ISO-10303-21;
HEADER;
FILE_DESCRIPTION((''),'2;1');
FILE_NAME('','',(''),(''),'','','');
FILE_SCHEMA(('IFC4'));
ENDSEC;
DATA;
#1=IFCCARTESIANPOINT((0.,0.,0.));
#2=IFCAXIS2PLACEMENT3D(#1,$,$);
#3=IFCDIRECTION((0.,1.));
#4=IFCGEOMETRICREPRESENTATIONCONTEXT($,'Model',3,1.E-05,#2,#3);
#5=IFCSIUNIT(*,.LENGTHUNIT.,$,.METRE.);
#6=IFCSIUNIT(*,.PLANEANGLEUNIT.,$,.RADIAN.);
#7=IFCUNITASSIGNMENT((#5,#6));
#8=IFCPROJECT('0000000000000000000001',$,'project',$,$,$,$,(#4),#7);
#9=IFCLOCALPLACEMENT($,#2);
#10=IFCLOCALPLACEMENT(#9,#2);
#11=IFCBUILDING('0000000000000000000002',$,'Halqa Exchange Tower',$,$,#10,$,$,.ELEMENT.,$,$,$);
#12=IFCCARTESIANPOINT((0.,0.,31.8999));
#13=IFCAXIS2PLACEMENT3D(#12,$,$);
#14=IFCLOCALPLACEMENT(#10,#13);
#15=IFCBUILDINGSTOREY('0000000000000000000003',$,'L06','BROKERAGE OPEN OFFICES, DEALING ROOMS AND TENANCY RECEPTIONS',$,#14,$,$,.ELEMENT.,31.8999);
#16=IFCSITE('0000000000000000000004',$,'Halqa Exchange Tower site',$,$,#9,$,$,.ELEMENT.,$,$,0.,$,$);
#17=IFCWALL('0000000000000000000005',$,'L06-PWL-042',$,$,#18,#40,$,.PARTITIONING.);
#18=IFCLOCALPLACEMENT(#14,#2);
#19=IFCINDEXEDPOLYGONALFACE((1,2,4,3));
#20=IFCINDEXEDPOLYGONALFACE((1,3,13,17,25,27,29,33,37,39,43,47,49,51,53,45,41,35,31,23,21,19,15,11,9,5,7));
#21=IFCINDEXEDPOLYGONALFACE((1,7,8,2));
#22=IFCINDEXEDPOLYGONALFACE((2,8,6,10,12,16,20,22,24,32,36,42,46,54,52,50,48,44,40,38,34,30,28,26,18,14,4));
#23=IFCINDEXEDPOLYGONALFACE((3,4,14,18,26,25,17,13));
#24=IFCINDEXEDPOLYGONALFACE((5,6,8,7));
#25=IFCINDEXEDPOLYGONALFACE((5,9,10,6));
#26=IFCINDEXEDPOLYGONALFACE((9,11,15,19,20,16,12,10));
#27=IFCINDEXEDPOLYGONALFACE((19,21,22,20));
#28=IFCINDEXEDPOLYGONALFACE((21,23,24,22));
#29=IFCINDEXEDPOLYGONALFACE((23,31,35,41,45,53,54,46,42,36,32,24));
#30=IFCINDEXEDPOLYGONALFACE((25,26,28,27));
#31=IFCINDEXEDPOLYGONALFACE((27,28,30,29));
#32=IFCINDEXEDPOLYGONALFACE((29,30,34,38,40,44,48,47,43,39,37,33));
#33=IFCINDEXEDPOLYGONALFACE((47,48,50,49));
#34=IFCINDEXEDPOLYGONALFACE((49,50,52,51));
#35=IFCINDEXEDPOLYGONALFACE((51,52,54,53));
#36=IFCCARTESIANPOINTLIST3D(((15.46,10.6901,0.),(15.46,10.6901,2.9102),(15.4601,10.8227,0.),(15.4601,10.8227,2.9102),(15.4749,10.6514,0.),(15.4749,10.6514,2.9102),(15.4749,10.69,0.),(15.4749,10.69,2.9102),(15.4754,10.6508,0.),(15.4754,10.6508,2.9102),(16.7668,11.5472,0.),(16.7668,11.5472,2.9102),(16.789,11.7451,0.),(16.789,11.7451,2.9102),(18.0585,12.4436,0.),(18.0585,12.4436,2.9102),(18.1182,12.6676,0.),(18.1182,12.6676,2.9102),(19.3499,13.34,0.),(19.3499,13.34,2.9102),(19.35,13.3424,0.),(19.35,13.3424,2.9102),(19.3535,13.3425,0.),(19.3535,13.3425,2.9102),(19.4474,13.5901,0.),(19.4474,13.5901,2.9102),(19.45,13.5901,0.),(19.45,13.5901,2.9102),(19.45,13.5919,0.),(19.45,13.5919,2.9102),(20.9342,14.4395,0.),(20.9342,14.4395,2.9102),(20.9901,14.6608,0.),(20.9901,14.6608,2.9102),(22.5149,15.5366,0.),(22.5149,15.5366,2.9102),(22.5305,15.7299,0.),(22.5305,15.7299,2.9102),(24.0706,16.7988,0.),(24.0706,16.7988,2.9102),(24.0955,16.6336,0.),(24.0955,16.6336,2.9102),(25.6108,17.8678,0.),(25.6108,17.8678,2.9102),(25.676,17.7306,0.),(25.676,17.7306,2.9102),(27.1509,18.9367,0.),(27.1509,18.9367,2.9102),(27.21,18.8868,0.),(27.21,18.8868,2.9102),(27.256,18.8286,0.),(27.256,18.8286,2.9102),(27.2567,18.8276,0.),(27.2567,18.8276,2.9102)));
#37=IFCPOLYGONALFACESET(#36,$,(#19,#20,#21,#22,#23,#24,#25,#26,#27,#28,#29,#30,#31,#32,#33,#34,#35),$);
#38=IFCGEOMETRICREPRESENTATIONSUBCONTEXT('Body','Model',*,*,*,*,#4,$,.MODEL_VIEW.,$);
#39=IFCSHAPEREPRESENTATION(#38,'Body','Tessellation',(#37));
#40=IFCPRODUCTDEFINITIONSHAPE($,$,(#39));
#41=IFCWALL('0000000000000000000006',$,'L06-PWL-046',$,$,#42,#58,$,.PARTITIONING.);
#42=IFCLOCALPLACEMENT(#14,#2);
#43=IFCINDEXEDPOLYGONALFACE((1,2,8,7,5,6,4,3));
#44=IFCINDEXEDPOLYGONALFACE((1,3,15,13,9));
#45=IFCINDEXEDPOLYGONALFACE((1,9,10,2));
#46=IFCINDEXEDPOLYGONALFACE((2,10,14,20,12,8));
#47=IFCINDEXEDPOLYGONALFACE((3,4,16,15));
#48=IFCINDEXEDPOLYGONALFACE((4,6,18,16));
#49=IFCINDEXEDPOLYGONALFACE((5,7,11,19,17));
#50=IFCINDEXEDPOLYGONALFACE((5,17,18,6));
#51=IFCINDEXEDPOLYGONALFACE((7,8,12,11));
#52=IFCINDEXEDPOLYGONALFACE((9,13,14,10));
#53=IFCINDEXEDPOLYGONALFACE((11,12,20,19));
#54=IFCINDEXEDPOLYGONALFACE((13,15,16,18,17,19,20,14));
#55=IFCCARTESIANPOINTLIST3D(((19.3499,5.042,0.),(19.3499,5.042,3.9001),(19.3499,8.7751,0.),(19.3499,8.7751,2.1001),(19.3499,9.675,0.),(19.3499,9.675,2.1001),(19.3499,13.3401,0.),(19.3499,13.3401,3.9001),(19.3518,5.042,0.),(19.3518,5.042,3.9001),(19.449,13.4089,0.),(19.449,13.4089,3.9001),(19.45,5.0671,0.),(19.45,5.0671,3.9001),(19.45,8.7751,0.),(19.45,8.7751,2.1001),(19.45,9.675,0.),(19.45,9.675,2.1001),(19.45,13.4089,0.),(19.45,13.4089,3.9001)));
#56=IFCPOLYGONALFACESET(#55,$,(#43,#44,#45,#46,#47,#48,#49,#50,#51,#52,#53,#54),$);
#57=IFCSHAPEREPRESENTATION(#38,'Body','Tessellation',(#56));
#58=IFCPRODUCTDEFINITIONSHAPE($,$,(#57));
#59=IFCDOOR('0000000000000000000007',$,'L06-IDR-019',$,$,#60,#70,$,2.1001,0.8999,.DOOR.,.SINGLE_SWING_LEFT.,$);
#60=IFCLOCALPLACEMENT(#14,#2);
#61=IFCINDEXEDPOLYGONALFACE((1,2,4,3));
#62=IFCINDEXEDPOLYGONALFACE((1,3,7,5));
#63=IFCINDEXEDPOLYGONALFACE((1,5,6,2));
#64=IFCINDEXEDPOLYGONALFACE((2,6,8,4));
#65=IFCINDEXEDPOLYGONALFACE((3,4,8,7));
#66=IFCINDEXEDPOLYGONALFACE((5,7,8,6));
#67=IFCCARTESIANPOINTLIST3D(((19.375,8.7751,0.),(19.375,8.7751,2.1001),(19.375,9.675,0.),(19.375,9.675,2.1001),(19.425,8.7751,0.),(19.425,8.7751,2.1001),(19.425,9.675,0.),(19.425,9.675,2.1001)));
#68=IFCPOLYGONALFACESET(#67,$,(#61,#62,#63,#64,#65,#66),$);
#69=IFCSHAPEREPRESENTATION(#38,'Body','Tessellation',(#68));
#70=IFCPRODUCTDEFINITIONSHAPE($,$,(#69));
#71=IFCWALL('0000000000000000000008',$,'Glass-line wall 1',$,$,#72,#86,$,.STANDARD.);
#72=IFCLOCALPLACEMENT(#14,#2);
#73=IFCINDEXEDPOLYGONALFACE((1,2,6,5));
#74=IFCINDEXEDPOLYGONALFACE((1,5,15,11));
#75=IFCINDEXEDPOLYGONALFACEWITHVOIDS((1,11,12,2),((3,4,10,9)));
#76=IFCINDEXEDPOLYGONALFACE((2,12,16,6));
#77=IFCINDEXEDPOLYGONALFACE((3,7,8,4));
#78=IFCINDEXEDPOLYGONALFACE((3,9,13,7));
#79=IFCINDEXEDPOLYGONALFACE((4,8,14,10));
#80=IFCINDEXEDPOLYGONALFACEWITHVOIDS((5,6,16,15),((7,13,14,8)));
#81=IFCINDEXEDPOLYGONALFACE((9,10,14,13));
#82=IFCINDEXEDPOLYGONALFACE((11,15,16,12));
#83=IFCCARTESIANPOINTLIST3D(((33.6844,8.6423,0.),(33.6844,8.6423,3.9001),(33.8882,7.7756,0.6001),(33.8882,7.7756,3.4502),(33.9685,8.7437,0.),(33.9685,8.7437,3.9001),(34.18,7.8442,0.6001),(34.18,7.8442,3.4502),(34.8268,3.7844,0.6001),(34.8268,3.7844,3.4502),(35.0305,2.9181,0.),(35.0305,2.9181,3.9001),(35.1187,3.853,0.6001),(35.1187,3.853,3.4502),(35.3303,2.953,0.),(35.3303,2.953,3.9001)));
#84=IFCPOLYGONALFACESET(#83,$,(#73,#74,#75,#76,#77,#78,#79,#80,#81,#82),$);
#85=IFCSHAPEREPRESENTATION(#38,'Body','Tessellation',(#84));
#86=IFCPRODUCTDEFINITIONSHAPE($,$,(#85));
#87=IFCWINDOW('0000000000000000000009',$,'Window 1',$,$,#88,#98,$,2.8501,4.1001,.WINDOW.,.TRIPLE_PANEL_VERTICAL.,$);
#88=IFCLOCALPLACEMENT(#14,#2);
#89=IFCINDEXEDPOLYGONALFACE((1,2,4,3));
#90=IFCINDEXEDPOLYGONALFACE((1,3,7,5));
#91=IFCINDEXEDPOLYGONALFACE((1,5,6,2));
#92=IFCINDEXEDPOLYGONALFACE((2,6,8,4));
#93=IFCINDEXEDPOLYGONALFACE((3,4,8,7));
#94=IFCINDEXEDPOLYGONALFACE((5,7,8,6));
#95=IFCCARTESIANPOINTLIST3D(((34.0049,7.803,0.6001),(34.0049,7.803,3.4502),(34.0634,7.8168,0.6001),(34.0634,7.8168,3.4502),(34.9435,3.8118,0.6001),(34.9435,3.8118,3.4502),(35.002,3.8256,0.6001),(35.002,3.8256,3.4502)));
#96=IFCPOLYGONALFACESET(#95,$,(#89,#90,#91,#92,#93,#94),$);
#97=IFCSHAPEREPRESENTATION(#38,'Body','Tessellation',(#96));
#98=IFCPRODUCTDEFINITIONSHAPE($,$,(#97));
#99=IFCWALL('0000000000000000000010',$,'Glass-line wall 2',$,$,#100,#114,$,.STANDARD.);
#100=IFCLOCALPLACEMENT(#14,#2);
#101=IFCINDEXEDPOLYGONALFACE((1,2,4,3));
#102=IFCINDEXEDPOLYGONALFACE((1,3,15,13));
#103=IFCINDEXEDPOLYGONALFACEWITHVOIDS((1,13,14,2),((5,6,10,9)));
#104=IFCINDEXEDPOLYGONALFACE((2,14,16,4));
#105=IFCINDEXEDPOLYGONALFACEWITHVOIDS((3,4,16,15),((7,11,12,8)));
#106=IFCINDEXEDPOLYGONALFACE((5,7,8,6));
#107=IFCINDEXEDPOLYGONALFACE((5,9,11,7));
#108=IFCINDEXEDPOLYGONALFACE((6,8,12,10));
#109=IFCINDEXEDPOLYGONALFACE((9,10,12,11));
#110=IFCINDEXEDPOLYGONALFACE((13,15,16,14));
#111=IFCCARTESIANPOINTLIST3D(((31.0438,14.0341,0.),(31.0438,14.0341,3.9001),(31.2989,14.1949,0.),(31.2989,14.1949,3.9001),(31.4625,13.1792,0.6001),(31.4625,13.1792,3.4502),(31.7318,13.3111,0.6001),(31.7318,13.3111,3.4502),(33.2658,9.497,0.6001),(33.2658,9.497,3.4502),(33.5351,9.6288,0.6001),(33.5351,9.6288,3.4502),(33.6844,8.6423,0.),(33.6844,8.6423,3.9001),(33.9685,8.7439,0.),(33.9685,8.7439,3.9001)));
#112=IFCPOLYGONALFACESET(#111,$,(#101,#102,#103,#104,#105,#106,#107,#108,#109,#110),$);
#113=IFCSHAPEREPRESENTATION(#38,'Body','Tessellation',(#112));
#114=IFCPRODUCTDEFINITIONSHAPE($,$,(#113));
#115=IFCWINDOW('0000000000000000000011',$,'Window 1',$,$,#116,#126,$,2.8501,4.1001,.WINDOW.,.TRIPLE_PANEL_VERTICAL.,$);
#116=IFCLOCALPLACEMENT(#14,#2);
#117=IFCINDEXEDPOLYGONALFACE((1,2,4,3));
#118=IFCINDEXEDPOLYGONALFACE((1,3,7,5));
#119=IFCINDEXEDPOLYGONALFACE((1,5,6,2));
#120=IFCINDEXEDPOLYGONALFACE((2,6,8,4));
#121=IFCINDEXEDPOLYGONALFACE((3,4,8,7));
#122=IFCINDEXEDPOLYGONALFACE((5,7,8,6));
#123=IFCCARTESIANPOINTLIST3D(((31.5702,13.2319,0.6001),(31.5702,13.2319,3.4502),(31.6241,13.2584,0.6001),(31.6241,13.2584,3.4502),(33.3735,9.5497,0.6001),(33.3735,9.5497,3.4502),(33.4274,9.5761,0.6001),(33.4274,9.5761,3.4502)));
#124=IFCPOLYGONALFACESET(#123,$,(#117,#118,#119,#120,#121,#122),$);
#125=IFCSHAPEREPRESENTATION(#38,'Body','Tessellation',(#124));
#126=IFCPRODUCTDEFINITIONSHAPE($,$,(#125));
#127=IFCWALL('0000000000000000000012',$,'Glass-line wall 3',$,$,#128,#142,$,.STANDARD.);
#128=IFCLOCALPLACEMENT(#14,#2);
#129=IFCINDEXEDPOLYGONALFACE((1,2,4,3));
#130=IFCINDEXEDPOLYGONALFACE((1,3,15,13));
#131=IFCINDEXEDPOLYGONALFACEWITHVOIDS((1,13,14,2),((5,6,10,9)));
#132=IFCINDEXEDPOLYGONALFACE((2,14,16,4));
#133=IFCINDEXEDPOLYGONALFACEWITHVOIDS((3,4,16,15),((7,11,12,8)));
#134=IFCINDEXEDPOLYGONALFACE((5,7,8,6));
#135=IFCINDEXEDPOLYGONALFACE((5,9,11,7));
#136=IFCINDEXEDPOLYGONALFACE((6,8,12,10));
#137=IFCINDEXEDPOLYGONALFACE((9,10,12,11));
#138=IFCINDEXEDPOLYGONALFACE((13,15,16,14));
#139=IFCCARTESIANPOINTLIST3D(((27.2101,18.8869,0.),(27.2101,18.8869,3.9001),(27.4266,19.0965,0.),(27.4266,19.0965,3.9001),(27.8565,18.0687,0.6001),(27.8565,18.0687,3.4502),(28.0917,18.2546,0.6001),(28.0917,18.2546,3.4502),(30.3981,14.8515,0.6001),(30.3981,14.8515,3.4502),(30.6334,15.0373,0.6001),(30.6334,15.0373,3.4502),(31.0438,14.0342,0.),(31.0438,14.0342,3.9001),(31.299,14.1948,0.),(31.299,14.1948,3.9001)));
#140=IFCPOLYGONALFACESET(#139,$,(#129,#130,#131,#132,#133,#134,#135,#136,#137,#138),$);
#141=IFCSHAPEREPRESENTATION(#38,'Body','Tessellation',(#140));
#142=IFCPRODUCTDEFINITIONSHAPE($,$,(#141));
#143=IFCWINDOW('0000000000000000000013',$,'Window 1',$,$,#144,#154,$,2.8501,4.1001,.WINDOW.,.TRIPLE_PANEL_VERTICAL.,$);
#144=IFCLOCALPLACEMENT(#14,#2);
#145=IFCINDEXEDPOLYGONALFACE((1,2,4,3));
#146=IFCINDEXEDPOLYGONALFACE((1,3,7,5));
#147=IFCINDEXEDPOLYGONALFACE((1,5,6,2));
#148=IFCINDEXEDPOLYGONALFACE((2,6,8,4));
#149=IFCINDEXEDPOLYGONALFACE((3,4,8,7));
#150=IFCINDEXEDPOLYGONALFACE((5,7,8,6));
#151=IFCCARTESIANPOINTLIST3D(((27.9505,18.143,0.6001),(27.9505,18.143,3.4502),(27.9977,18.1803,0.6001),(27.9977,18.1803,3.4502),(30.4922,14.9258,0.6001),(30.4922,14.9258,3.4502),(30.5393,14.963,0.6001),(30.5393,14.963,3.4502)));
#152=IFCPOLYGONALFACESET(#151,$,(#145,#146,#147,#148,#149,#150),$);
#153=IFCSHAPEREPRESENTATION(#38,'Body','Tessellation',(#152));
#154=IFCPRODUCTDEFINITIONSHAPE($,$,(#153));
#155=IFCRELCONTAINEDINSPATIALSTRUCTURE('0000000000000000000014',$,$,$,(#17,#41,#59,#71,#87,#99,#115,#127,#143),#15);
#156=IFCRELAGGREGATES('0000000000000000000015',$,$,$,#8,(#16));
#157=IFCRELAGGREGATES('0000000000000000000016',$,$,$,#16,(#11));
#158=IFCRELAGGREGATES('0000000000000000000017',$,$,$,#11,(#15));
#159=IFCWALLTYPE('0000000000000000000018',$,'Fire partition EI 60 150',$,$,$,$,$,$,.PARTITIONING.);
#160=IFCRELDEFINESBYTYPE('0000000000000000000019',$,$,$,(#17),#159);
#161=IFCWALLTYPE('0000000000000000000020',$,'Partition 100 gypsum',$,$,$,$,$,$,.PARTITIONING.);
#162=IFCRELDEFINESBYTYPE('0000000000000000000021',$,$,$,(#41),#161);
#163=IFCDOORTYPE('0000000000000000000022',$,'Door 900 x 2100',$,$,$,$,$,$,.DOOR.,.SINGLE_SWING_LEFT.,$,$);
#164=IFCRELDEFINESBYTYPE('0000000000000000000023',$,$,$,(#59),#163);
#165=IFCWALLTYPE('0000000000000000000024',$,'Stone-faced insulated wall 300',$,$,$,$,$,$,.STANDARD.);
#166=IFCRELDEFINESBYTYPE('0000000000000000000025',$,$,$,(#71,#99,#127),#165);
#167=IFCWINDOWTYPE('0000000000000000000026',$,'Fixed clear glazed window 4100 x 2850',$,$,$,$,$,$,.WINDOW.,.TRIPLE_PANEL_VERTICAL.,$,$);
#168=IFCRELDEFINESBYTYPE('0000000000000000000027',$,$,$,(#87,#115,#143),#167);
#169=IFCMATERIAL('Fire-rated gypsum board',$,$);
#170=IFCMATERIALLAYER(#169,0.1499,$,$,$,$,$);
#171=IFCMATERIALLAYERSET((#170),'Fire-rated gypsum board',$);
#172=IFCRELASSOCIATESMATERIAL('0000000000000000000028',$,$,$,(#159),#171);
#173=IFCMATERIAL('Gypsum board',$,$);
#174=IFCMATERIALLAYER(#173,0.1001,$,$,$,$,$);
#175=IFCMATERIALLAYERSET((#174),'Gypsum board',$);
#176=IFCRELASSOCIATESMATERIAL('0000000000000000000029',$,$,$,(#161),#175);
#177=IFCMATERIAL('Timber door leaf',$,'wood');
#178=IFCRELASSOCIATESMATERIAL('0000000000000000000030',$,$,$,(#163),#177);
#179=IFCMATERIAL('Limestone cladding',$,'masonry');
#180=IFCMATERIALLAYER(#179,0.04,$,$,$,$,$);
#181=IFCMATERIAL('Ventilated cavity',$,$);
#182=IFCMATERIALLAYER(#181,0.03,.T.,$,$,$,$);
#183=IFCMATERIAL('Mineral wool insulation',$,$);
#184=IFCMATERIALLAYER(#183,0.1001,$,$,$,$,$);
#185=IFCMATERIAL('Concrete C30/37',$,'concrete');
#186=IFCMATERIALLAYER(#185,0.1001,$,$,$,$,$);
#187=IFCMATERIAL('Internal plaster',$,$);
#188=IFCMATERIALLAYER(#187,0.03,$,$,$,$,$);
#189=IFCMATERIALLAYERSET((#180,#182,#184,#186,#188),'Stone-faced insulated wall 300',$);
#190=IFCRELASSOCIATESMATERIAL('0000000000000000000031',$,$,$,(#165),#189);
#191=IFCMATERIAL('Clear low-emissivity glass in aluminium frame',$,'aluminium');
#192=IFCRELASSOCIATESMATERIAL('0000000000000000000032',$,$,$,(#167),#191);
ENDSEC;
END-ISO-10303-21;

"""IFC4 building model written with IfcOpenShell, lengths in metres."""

from ifc_helpers import new_model, si_unit, direction, frame, frame_2d, origin, place, context, subcontext, project, spatial, polyline, rectangle, outline, extrude, material, layer, layer_set, type_object, element, fill, save


model = new_model("IFC4")

# Units and contexts
model_context = context("Model", 3, precision=1e-05, world=origin(), true_north=direction((0.0, 1.0)))
body_context = subcontext(model_context, "Body", "Model", "MODEL_VIEW")
ifc_project = project(units=[si_unit("LENGTHUNIT", "METRE"), si_unit("PLANEANGLEUNIT", "RADIAN")], contexts=[model_context])

# Site, building, storey
site_placement = place(None, origin())
site = spatial("IfcSite", under=ifc_project, at=site_placement, Name="Halqa Exchange Tower site", CompositionType="ELEMENT", RefElevation=0.0)
building_placement = place(site_placement, origin())
building = spatial("IfcBuilding", under=site, at=building_placement, Name="Halqa Exchange Tower", CompositionType="ELEMENT")
storey_placement = place(building_placement, frame((0.0, 0.0, 31.8999)))
storey = spatial("IfcBuildingStorey", under=building, at=storey_placement, Name="L06", Description="BROKERAGE OPEN OFFICES, DEALING ROOMS AND TENANCY RECEPTIONS", CompositionType="ELEMENT", Elevation=31.8999)

# Wall
ifc_material_1 = material(Name="Fire-rated gypsum board")
ifc_layer_1 = layer(ifc_material_1, 0.1499)
ifc_layer_set_1 = layer_set([ifc_layer_1], Name="Fire-rated gypsum board")
wall_type_1 = type_object("IfcWallType", Name="Fire partition EI 60 150", PredefinedType="PARTITIONING", material=ifc_layer_set_1)
wall_1_placement = place(storey_placement, frame((15.4326, 10.7124, 0.0), z_axis=(0.0, 0.0, 1.0), x_axis=(0.821522, 0.570176, 0.0)))
element("IfcWall", 1, at=wall_1_placement, inside=storey, type_object=wall_type_1, Name="L06-PWL-042", PredefinedType="PARTITIONING", context=body_context, shape_type="SweptSolid", body=[
    extrude(outline(polyline([(0.0, -0.075), (1.572, -0.075), (3.1443, -0.075), (4.7163, -0.075), (4.7178, -0.073), (4.7207, -0.075), (6.6448, -0.075), (8.5688, -0.075), (10.4929, -0.075), (12.4167, -0.075), (14.3408, -0.075), (14.3408, -0.0737), (14.3362, 0.0002), (14.3162, 0.075), (12.4414, 0.075), (10.5667, 0.075), (8.6919, 0.075), (6.8169, 0.075), (4.9421, 0.075), (4.9412, 0.0735), (4.939, 0.075), (3.321, 0.075), (1.7031, 0.075), (0.0854, 0.075), (0.0098, -0.0339), (0.022, -0.0425), (0.0, -0.0742), (0.0, -0.075)])), origin(), (0.0, 0.0, 1.0), 2.9102),
])

# Wall, opening, door
ifc_material_2 = material(Name="Gypsum board")
ifc_layer_2 = layer(ifc_material_2, 0.1001)
ifc_layer_set_2 = layer_set([ifc_layer_2], Name="Gypsum board")
wall_type_2 = type_object("IfcWallType", Name="Partition 100 gypsum", PredefinedType="PARTITIONING", material=ifc_layer_set_2)
ifc_material_3 = material(Name="Timber door leaf", Category="wood")
door_type = type_object("IfcDoorType", Name="Door 900 x 2100", OperationType="SINGLE_SWING_LEFT", PredefinedType="DOOR", material=ifc_material_3)
wall_2_placement = place(storey_placement, frame((19.3999, 13.4089, 0.0), z_axis=(0.0, 0.0, 1.0), x_axis=(0.0, -1.0, 0.0)))
wall_2 = element("IfcWall", 2, at=wall_2_placement, inside=storey, type_object=wall_type_2, Name="L06-PWL-046", PredefinedType="PARTITIONING", context=body_context, shape_type="SweptSolid", body=[
    extrude(outline(polyline([(8.3669, -0.05), (8.3669, -0.0481), (8.3418, 0.05), (6.6733, 0.05), (5.0051, 0.05), (3.3367, 0.05), (1.6685, 0.05), (0.0, 0.05), (0.0, 0.0491), (0.0688, -0.05), (1.7285, -0.05), (3.3882, -0.05), (5.0476, -0.05), (6.7073, -0.05), (8.3669, -0.05)])), origin(), (0.0, 0.0, 1.0), 3.9001),
])
opening_1_placement = place(wall_2_placement, frame((3.7339, 0.0, 0.0)))
opening_1 = element("IfcOpeningElement", 3, at=opening_1_placement, cuts=wall_2, PredefinedType="OPENING", context=body_context, shape_type="SweptSolid", body=[
    extrude(rectangle(XDim=0.8999, YDim=2.1001, at=frame_2d((0.45, 1.05))), frame((0.0, 0.062, 0.0), z_axis=(0.0, -1.0, 0.0), x_axis=(1.0, 0.0, 0.0)), (0.0, 0.0, 1.0), 0.124),
])
door_1_placement = place(opening_1_placement, frame((0.8999, 0.0, 0.0), z_axis=(0.0, 0.0, 1.0), x_axis=(-1.0, 0.0, 0.0)))
door_1 = element("IfcDoor", 4, at=door_1_placement, inside=storey, type_object=door_type, Name="L06-IDR-019", OperationType="SINGLE_SWING_LEFT", OverallHeight=2.1001, OverallWidth=0.8999, PredefinedType="DOOR", context=body_context, shape_type="SweptSolid", body=[
    extrude(rectangle(XDim=0.8999, YDim=2.1001, at=frame_2d((0.45, 1.05))), frame((0.0, 0.0249, 0.0), z_axis=(0.0, -1.0, 0.0), x_axis=(1.0, 0.0, 0.0)), (0.0, 0.0, 1.0), 0.05),
])
fill(opening_1, door_1)

# Walls, openings, windows
ifc_material_4 = material(Name="Limestone cladding", Category="masonry")
ifc_layer_3 = layer(ifc_material_4, 0.04)
ifc_material_5 = material(Name="Ventilated cavity")
ifc_layer_4 = layer(ifc_material_5, 0.03, ventilated=True)
ifc_material_6 = material(Name="Mineral wool insulation")
ifc_layer_5 = layer(ifc_material_6, 0.1001)
ifc_material_7 = material(Name="Concrete C30/37", Category="concrete")
ifc_layer_6 = layer(ifc_material_7, 0.1001)
ifc_material_8 = material(Name="Internal plaster")
ifc_layer_7 = layer(ifc_material_8, 0.03)
ifc_layer_set_3 = layer_set([ifc_layer_3, ifc_layer_4, ifc_layer_5, ifc_layer_6, ifc_layer_7], Name="Stone-faced insulated wall 300")
wall_type_3 = type_object("IfcWallType", Name="Stone-faced insulated wall 300", PredefinedType="STANDARD", material=ifc_layer_set_3)
wall_3_placement = place(storey_placement, frame((35.1804, 2.9355, 0.0), z_axis=(0.0, 0.0, 1.0), x_axis=(-0.228924, 0.973444, 0.0)))
wall_3 = element("IfcWall", 5, at=wall_3_placement, inside=storey, type_object=wall_type_3, Name="Glass-line wall 1", PredefinedType="STANDARD", context=body_context, shape_type="SweptSolid", body=[
    extrude(outline(polyline([(-0.0173, -0.1499), (5.9314, -0.1499), (5.8977, 0.1499), (0.0173, 0.1499), (-0.0173, -0.1499)])), origin(), (0.0, 0.0, 1.0), 3.9001),
])
opening_2_placement = place(wall_3_placement, frame((0.9072, 0.0, 0.6001)))
opening_2 = element("IfcOpeningElement", 6, at=opening_2_placement, cuts=wall_3, PredefinedType="OPENING", context=body_context, shape_type="SweptSolid", body=[
    extrude(rectangle(XDim=4.1001, YDim=2.8501, at=frame_2d((2.05, 1.425))), frame((0.0, 0.1621, 0.0), z_axis=(0.0, -1.0, 0.0), x_axis=(1.0, 0.0, 0.0)), (0.0, 0.0, 1.0), 0.324),
])
ifc_material_9 = material(Name="Clear low-emissivity glass in aluminium frame", Category="aluminium")
window_type = type_object("IfcWindowType", Name="Fixed clear glazed window 4100 x 2850", PartitioningType="TRIPLE_PANEL_VERTICAL", PredefinedType="WINDOW", material=ifc_material_9)
window_1_placement = place(opening_2_placement, origin())
window_1 = element("IfcWindow", 7, at=window_1_placement, inside=storey, type_object=window_type, Name="Window 1", OverallHeight=2.8501, OverallWidth=4.1001, PartitioningType="TRIPLE_PANEL_VERTICAL", PredefinedType="WINDOW", context=body_context, shape_type="SweptSolid", body=[
    extrude(rectangle(XDim=4.1001, YDim=2.8501, at=frame_2d((2.05, 1.425))), frame((0.0, 0.03, 0.0), z_axis=(0.0, -1.0, 0.0), x_axis=(1.0, 0.0, 0.0)), (0.0, 0.0, 1.0), 0.0601),
])
fill(opening_2, window_1)
wall_4_placement = place(storey_placement, frame((33.8264, 8.6931, 0.0), z_axis=(0.0, 0.0, 1.0), x_axis=(-0.439822, 0.898085, 0.0)))
wall_4 = element("IfcWall", 8, at=wall_4_placement, inside=storey, type_object=wall_type_3, Name="Glass-line wall 2", PredefinedType="STANDARD", context=body_context, shape_type="SweptSolid", body=[
    extrude(outline(polyline([(-0.0168, -0.1499), (6.0527, -0.1499), (6.0205, 0.1499), (0.0168, 0.1499), (-0.0168, -0.1499)])), origin(), (0.0, 0.0, 1.0), 3.9001),
])
opening_3_placement = place(wall_4_placement, frame((0.9685, 0.0, 0.6001)))
opening_3 = element("IfcOpeningElement", 9, at=opening_3_placement, cuts=wall_4, PredefinedType="OPENING", context=body_context, shape_type="SweptSolid", body=[
    extrude(rectangle(XDim=4.1001, YDim=2.8501, at=frame_2d((2.05, 1.425))), frame((0.0, 0.1621, 0.0), z_axis=(0.0, -1.0, 0.0), x_axis=(1.0, 0.0, 0.0)), (0.0, 0.0, 1.0), 0.324),
])
window_2_placement = place(opening_3_placement, origin())
window_2 = element("IfcWindow", 10, at=window_2_placement, inside=storey, type_object=window_type, Name="Window 1", OverallHeight=2.8501, OverallWidth=4.1001, PartitioningType="TRIPLE_PANEL_VERTICAL", PredefinedType="WINDOW", context=body_context, shape_type="SweptSolid", body=[
    extrude(rectangle(XDim=4.1001, YDim=2.8501, at=frame_2d((2.05, 1.425))), frame((0.0, 0.03, 0.0), z_axis=(0.0, -1.0, 0.0), x_axis=(1.0, 0.0, 0.0)), (0.0, 0.0, 1.0), 0.0601),
])
fill(opening_3, window_2)
wall_5_placement = place(storey_placement, frame((31.1714, 14.1145, 0.0), z_axis=(0.0, 0.0, 1.0), x_axis=(-0.619903, 0.784679, 0.0)))
wall_5 = element("IfcWall", 11, at=wall_5_placement, inside=storey, type_object=wall_type_3, Name="Glass-line wall 3", PredefinedType="STANDARD", context=body_context, shape_type="SweptSolid", body=[
    extrude(outline(polyline([(-0.0161, -0.1499), (6.2307, -0.1499), (6.2004, 0.1499), (0.0161, 0.1499), (-0.0161, -0.1499)])), origin(), (0.0, 0.0, 1.0), 3.9001),
])
opening_4_placement = place(wall_5_placement, frame((1.0576, 0.0, 0.6001)))
opening_4 = element("IfcOpeningElement", 12, at=opening_4_placement, cuts=wall_5, PredefinedType="OPENING", context=body_context, shape_type="SweptSolid", body=[
    extrude(rectangle(XDim=4.1001, YDim=2.8501, at=frame_2d((2.05, 1.425))), frame((0.0, 0.1621, 0.0), z_axis=(0.0, -1.0, 0.0), x_axis=(1.0, 0.0, 0.0)), (0.0, 0.0, 1.0), 0.324),
])
window_3_placement = place(opening_4_placement, origin())
window_3 = element("IfcWindow", 13, at=window_3_placement, inside=storey, type_object=window_type, Name="Window 1", OverallHeight=2.8501, OverallWidth=4.1001, PartitioningType="TRIPLE_PANEL_VERTICAL", PredefinedType="WINDOW", context=body_context, shape_type="SweptSolid", body=[
    extrude(rectangle(XDim=4.1001, YDim=2.8501, at=frame_2d((2.05, 1.425))), frame((0.0, 0.03, 0.0), z_axis=(0.0, -1.0, 0.0), x_axis=(1.0, 0.0, 0.0)), (0.0, 0.0, 1.0), 0.0601),
])
fill(opening_4, window_3)

save(model, "model.ifc")
